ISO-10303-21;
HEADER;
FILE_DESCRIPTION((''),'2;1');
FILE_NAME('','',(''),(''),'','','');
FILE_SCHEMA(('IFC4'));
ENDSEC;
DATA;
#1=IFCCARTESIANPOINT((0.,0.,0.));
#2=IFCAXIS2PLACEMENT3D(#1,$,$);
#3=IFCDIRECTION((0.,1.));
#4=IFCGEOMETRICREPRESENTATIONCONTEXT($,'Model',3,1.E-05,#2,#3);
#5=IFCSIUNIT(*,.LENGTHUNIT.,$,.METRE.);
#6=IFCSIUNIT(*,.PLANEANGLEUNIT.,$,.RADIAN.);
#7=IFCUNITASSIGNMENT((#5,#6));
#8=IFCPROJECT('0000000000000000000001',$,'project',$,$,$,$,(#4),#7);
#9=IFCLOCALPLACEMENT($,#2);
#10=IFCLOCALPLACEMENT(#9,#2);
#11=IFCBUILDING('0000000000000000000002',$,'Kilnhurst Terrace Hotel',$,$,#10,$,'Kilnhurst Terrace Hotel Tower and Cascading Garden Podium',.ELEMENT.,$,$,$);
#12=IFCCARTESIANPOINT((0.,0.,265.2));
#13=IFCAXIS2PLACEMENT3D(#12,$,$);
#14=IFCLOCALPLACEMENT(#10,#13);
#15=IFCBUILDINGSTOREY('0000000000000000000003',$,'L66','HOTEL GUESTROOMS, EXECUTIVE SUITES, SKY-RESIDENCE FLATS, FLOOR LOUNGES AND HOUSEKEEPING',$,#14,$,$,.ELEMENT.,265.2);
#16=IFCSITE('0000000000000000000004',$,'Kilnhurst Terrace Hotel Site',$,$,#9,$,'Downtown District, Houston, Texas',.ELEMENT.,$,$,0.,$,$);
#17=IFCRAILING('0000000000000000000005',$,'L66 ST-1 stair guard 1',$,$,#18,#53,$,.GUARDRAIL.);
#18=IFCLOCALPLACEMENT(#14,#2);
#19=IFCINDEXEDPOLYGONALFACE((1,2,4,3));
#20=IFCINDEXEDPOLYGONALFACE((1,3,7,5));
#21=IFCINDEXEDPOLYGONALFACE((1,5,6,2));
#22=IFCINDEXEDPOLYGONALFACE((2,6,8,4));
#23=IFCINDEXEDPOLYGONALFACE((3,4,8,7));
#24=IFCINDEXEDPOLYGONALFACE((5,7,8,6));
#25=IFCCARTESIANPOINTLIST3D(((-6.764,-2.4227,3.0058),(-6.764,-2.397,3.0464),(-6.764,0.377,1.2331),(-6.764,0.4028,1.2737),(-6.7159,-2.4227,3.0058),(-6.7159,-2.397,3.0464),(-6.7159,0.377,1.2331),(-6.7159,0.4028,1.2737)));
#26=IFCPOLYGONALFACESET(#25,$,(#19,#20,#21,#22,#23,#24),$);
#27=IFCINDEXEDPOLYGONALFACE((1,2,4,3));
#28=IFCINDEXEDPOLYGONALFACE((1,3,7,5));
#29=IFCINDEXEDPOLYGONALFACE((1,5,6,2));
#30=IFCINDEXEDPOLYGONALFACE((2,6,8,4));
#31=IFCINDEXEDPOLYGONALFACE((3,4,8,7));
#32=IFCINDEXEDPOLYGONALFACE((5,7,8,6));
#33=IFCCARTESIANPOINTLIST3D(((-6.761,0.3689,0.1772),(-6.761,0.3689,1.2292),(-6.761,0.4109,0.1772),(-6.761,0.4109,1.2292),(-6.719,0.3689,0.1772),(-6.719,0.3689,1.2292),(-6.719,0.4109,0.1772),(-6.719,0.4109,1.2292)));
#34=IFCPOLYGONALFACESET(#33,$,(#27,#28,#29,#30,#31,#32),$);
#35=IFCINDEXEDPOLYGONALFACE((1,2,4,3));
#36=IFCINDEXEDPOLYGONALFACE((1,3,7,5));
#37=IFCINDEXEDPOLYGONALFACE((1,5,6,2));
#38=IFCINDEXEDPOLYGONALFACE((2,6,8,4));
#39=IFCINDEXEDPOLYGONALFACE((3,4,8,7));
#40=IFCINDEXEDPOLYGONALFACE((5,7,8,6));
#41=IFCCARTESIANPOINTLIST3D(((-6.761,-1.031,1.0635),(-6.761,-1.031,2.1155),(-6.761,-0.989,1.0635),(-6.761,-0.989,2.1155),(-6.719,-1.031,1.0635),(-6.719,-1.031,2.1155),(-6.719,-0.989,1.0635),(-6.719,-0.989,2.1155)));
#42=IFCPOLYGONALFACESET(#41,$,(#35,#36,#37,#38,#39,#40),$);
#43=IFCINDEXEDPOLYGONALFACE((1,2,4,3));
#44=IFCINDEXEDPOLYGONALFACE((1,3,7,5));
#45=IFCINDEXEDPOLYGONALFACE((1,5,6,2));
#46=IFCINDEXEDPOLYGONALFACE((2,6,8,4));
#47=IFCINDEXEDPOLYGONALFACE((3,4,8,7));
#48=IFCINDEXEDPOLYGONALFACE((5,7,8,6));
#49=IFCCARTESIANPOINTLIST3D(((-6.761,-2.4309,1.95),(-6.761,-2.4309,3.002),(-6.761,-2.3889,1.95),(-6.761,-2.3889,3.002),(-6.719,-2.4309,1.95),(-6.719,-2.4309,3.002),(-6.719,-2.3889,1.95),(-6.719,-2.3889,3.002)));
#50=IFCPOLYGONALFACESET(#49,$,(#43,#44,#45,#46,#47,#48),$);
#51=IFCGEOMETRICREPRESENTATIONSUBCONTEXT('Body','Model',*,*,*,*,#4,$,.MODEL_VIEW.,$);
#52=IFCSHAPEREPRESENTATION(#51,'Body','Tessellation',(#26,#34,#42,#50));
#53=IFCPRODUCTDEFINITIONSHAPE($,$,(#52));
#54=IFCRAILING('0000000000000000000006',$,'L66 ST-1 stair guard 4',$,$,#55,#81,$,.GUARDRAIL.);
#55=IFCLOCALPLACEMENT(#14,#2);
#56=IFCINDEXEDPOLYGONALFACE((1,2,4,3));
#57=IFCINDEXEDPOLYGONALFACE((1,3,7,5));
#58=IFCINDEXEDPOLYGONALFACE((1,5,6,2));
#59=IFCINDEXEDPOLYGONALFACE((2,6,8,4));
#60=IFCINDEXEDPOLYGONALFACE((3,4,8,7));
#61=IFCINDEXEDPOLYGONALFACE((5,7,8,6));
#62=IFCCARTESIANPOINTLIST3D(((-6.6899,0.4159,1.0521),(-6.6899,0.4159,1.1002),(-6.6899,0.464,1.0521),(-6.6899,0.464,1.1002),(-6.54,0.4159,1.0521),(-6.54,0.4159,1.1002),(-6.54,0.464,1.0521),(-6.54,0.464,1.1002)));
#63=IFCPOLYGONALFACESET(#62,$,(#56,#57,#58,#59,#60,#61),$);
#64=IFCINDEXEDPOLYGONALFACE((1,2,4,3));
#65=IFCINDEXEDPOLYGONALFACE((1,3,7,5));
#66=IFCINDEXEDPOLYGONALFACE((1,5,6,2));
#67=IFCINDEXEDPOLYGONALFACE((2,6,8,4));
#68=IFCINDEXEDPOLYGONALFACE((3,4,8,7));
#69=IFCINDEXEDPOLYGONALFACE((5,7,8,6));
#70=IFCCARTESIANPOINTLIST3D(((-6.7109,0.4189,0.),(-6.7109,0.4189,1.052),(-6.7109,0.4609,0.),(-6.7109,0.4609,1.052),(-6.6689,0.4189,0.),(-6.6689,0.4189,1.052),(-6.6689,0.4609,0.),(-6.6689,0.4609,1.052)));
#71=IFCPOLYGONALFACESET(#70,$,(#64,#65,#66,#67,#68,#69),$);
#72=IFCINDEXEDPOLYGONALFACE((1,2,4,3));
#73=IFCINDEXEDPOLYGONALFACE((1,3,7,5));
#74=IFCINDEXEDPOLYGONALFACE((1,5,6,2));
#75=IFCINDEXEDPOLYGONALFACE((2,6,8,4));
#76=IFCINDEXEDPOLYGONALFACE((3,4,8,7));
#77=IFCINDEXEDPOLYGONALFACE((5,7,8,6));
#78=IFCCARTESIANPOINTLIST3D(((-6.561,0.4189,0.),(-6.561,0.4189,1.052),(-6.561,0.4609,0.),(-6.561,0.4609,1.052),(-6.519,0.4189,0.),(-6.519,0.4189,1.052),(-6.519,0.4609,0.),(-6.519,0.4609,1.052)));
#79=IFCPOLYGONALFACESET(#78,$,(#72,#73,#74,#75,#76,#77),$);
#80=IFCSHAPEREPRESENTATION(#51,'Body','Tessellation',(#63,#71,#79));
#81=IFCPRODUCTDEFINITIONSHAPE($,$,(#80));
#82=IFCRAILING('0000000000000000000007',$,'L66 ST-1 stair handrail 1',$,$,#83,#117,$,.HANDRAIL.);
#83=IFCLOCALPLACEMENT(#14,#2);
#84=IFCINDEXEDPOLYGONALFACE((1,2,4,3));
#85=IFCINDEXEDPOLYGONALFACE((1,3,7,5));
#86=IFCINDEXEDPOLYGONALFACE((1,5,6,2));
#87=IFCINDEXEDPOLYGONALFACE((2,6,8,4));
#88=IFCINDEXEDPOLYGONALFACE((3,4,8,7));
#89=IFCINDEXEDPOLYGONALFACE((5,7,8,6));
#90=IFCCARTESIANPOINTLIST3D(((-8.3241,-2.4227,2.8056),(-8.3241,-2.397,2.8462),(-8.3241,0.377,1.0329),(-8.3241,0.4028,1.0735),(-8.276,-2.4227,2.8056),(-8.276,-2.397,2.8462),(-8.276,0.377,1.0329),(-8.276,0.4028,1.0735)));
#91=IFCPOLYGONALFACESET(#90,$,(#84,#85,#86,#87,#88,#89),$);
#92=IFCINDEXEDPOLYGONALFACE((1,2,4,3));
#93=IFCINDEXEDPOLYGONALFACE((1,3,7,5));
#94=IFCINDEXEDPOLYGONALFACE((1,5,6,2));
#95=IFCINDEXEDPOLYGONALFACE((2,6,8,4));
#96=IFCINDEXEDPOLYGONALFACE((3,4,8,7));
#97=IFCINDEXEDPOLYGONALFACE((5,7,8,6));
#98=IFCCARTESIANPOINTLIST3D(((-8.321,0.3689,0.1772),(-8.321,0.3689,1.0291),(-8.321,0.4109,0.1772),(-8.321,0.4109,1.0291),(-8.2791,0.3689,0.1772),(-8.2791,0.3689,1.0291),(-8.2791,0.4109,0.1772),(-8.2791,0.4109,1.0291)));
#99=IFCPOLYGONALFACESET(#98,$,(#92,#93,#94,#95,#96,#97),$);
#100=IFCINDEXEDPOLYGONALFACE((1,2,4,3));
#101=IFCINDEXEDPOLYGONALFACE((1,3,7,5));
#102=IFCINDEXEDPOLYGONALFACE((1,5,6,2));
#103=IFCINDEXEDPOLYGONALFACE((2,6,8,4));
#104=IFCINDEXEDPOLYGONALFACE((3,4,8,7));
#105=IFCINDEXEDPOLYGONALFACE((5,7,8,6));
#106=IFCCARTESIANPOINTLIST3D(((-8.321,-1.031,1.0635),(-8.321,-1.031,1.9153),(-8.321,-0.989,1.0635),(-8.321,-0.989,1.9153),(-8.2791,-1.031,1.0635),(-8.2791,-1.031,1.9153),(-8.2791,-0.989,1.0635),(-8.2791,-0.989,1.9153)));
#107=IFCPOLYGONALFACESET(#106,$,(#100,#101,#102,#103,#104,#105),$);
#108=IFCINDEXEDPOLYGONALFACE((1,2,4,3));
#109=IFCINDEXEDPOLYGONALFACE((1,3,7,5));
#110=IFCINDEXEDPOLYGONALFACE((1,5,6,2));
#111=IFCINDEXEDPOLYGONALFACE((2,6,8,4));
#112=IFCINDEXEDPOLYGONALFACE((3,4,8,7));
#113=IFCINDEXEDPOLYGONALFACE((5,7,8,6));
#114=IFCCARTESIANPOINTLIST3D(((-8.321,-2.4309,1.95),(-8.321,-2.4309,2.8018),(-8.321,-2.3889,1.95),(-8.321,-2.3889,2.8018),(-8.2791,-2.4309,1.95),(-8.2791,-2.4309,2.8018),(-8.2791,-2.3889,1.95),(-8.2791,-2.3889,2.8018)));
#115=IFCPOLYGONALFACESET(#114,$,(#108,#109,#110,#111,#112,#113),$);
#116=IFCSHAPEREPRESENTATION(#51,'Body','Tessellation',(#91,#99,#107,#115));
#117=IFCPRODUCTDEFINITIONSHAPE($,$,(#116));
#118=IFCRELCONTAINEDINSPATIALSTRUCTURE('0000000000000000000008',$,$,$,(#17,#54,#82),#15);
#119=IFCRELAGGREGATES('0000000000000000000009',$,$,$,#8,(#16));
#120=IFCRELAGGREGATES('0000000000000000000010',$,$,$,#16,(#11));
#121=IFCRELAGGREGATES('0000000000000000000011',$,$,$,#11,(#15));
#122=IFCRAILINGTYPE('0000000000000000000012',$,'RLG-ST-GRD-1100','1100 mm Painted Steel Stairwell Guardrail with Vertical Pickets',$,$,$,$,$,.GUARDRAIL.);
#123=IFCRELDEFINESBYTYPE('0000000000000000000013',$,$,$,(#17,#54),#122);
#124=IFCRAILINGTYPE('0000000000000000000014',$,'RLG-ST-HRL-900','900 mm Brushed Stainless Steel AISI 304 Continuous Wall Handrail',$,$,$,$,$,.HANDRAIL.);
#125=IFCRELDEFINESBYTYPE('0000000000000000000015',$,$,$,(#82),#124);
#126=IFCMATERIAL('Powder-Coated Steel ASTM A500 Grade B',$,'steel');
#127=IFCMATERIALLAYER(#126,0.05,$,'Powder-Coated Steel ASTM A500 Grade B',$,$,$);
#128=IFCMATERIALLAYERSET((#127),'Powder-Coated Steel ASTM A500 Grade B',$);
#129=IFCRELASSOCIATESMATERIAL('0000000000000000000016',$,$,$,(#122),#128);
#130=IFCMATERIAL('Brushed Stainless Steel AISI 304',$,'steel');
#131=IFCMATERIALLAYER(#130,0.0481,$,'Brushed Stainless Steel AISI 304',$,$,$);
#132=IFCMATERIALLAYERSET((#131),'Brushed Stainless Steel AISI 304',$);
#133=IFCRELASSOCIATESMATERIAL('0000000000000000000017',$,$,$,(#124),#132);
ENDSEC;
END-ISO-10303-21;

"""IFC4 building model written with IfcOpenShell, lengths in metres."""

from ifc_helpers import new_model, si_unit, direction, frame, origin, origin_2d, place, context, subcontext, project, spatial, rectangle, extrude, material, layer, layer_set, type_object, element, save


model = new_model("IFC4")

# Units and contexts
model_context = context("Model", 3, precision=1e-05, world=origin(), true_north=direction((0.0, 1.0)))
body_context = subcontext(model_context, "Body", "Model", "MODEL_VIEW")
ifc_project = project(units=[si_unit("LENGTHUNIT", "METRE"), si_unit("PLANEANGLEUNIT", "RADIAN")], contexts=[model_context])

# Site, building, storey
site_placement = place(None, origin())
site = spatial("IfcSite", under=ifc_project, at=site_placement, Name="Kilnhurst Terrace Hotel Site", LongName="Downtown District, Houston, Texas", CompositionType="ELEMENT", RefElevation=0.0)
building_placement = place(site_placement, origin())
building = spatial("IfcBuilding", under=site, at=building_placement, Name="Kilnhurst Terrace Hotel", LongName="Kilnhurst Terrace Hotel Tower and Cascading Garden Podium", CompositionType="ELEMENT")
storey_placement = place(building_placement, frame((0.0, 0.0, 265.2)))
storey = spatial("IfcBuildingStorey", under=building, at=storey_placement, Name="L66", Description="HOTEL GUESTROOMS, EXECUTIVE SUITES, SKY-RESIDENCE FLATS, FLOOR LOUNGES AND HOUSEKEEPING", CompositionType="ELEMENT", Elevation=265.2)

# Railings
ifc_material_1 = material(Name="Powder-Coated Steel ASTM A500 Grade B", Category="steel")
ifc_layer_1 = layer(ifc_material_1, 0.05, Name="Powder-Coated Steel ASTM A500 Grade B")
ifc_layer_set_1 = layer_set([ifc_layer_1], Name="Powder-Coated Steel ASTM A500 Grade B")
railing_type_1 = type_object("IfcRailingType", Name="RLG-ST-GRD-1100", Description="1100 mm Painted Steel Stairwell Guardrail with Vertical Pickets", PredefinedType="GUARDRAIL", material=ifc_layer_set_1)
railing_1_placement = place(storey_placement, frame((-6.74, 0.3899, 0.1772)))
element("IfcRailing", 1, at=railing_1_placement, inside=storey, type_object=railing_type_1, Name="L66 ST-1 stair guard 1", PredefinedType="GUARDRAIL", context=body_context, shape_type="SweptSolid", body=[
    extrude(rectangle(XDim=0.0481, YDim=0.0481, at=origin_2d()), frame((0.0, 0.0, 1.0762), z_axis=(0.0, -0.844888, 0.534943), x_axis=(1.0, 0.0, 0.0)), (0.0, 0.0, 1.0), 3.3137),
    extrude(rectangle(XDim=0.042, YDim=0.042, at=origin_2d()), origin(), (0.0, 0.0, 1.0), 1.052),
    extrude(rectangle(XDim=0.042, YDim=0.042, at=origin_2d()), frame((0.0, -1.3999, 0.8862)), (0.0, 0.0, 1.0), 1.052),
    extrude(rectangle(XDim=0.042, YDim=0.042, at=origin_2d()), frame((0.0, -2.7998, 1.7727)), (0.0, 0.0, 1.0), 1.052),
])
railing_2_placement = place(storey_placement, frame((-6.6899, 0.4399, 0.0)))
element("IfcRailing", 2, at=railing_2_placement, inside=storey, type_object=railing_type_1, Name="L66 ST-1 stair guard 4", PredefinedType="GUARDRAIL", context=body_context, shape_type="SweptSolid", body=[
    extrude(rectangle(XDim=0.0481, YDim=0.0481, at=origin_2d()), frame((0.0, 0.0, 1.0762), z_axis=(1.0, 0.0, 0.0), x_axis=(0.0, 1.0, 0.0)), (0.0, 0.0, 1.0), 0.1499),
    extrude(rectangle(XDim=0.042, YDim=0.042, at=origin_2d()), origin(), (0.0, 0.0, 1.0), 1.052),
    extrude(rectangle(XDim=0.042, YDim=0.042, at=origin_2d()), frame((0.1499, 0.0, 0.0)), (0.0, 0.0, 1.0), 1.052),
])
ifc_material_2 = material(Name="Brushed Stainless Steel AISI 304", Category="steel")
ifc_layer_2 = layer(ifc_material_2, 0.0481, Name="Brushed Stainless Steel AISI 304")
ifc_layer_set_2 = layer_set([ifc_layer_2], Name="Brushed Stainless Steel AISI 304")
railing_type_2 = type_object("IfcRailingType", Name="RLG-ST-HRL-900", Description="900 mm Brushed Stainless Steel AISI 304 Continuous Wall Handrail", PredefinedType="HANDRAIL", material=ifc_layer_set_2)
railing_3_placement = place(storey_placement, frame((-8.3, 0.3899, 0.1772)))
element("IfcRailing", 3, at=railing_3_placement, inside=storey, type_object=railing_type_2, Name="L66 ST-1 stair handrail 1", PredefinedType="HANDRAIL", context=body_context, shape_type="SweptSolid", body=[
    extrude(rectangle(XDim=0.0481, YDim=0.0481, at=origin_2d()), frame((0.0, 0.0, 0.876), z_axis=(0.0, -0.844888, 0.534943), x_axis=(1.0, 0.0, 0.0)), (0.0, 0.0, 1.0), 3.3137),
    extrude(rectangle(XDim=0.042, YDim=0.042, at=origin_2d()), origin(), (0.0, 0.0, 1.0), 0.8518),
    extrude(rectangle(XDim=0.042, YDim=0.042, at=origin_2d()), frame((0.0, -1.3999, 0.8862)), (0.0, 0.0, 1.0), 0.8518),
    extrude(rectangle(XDim=0.042, YDim=0.042, at=origin_2d()), frame((0.0, -2.7998, 1.7727)), (0.0, 0.0, 1.0), 0.8518),
])

save(model, "model.ifc")
